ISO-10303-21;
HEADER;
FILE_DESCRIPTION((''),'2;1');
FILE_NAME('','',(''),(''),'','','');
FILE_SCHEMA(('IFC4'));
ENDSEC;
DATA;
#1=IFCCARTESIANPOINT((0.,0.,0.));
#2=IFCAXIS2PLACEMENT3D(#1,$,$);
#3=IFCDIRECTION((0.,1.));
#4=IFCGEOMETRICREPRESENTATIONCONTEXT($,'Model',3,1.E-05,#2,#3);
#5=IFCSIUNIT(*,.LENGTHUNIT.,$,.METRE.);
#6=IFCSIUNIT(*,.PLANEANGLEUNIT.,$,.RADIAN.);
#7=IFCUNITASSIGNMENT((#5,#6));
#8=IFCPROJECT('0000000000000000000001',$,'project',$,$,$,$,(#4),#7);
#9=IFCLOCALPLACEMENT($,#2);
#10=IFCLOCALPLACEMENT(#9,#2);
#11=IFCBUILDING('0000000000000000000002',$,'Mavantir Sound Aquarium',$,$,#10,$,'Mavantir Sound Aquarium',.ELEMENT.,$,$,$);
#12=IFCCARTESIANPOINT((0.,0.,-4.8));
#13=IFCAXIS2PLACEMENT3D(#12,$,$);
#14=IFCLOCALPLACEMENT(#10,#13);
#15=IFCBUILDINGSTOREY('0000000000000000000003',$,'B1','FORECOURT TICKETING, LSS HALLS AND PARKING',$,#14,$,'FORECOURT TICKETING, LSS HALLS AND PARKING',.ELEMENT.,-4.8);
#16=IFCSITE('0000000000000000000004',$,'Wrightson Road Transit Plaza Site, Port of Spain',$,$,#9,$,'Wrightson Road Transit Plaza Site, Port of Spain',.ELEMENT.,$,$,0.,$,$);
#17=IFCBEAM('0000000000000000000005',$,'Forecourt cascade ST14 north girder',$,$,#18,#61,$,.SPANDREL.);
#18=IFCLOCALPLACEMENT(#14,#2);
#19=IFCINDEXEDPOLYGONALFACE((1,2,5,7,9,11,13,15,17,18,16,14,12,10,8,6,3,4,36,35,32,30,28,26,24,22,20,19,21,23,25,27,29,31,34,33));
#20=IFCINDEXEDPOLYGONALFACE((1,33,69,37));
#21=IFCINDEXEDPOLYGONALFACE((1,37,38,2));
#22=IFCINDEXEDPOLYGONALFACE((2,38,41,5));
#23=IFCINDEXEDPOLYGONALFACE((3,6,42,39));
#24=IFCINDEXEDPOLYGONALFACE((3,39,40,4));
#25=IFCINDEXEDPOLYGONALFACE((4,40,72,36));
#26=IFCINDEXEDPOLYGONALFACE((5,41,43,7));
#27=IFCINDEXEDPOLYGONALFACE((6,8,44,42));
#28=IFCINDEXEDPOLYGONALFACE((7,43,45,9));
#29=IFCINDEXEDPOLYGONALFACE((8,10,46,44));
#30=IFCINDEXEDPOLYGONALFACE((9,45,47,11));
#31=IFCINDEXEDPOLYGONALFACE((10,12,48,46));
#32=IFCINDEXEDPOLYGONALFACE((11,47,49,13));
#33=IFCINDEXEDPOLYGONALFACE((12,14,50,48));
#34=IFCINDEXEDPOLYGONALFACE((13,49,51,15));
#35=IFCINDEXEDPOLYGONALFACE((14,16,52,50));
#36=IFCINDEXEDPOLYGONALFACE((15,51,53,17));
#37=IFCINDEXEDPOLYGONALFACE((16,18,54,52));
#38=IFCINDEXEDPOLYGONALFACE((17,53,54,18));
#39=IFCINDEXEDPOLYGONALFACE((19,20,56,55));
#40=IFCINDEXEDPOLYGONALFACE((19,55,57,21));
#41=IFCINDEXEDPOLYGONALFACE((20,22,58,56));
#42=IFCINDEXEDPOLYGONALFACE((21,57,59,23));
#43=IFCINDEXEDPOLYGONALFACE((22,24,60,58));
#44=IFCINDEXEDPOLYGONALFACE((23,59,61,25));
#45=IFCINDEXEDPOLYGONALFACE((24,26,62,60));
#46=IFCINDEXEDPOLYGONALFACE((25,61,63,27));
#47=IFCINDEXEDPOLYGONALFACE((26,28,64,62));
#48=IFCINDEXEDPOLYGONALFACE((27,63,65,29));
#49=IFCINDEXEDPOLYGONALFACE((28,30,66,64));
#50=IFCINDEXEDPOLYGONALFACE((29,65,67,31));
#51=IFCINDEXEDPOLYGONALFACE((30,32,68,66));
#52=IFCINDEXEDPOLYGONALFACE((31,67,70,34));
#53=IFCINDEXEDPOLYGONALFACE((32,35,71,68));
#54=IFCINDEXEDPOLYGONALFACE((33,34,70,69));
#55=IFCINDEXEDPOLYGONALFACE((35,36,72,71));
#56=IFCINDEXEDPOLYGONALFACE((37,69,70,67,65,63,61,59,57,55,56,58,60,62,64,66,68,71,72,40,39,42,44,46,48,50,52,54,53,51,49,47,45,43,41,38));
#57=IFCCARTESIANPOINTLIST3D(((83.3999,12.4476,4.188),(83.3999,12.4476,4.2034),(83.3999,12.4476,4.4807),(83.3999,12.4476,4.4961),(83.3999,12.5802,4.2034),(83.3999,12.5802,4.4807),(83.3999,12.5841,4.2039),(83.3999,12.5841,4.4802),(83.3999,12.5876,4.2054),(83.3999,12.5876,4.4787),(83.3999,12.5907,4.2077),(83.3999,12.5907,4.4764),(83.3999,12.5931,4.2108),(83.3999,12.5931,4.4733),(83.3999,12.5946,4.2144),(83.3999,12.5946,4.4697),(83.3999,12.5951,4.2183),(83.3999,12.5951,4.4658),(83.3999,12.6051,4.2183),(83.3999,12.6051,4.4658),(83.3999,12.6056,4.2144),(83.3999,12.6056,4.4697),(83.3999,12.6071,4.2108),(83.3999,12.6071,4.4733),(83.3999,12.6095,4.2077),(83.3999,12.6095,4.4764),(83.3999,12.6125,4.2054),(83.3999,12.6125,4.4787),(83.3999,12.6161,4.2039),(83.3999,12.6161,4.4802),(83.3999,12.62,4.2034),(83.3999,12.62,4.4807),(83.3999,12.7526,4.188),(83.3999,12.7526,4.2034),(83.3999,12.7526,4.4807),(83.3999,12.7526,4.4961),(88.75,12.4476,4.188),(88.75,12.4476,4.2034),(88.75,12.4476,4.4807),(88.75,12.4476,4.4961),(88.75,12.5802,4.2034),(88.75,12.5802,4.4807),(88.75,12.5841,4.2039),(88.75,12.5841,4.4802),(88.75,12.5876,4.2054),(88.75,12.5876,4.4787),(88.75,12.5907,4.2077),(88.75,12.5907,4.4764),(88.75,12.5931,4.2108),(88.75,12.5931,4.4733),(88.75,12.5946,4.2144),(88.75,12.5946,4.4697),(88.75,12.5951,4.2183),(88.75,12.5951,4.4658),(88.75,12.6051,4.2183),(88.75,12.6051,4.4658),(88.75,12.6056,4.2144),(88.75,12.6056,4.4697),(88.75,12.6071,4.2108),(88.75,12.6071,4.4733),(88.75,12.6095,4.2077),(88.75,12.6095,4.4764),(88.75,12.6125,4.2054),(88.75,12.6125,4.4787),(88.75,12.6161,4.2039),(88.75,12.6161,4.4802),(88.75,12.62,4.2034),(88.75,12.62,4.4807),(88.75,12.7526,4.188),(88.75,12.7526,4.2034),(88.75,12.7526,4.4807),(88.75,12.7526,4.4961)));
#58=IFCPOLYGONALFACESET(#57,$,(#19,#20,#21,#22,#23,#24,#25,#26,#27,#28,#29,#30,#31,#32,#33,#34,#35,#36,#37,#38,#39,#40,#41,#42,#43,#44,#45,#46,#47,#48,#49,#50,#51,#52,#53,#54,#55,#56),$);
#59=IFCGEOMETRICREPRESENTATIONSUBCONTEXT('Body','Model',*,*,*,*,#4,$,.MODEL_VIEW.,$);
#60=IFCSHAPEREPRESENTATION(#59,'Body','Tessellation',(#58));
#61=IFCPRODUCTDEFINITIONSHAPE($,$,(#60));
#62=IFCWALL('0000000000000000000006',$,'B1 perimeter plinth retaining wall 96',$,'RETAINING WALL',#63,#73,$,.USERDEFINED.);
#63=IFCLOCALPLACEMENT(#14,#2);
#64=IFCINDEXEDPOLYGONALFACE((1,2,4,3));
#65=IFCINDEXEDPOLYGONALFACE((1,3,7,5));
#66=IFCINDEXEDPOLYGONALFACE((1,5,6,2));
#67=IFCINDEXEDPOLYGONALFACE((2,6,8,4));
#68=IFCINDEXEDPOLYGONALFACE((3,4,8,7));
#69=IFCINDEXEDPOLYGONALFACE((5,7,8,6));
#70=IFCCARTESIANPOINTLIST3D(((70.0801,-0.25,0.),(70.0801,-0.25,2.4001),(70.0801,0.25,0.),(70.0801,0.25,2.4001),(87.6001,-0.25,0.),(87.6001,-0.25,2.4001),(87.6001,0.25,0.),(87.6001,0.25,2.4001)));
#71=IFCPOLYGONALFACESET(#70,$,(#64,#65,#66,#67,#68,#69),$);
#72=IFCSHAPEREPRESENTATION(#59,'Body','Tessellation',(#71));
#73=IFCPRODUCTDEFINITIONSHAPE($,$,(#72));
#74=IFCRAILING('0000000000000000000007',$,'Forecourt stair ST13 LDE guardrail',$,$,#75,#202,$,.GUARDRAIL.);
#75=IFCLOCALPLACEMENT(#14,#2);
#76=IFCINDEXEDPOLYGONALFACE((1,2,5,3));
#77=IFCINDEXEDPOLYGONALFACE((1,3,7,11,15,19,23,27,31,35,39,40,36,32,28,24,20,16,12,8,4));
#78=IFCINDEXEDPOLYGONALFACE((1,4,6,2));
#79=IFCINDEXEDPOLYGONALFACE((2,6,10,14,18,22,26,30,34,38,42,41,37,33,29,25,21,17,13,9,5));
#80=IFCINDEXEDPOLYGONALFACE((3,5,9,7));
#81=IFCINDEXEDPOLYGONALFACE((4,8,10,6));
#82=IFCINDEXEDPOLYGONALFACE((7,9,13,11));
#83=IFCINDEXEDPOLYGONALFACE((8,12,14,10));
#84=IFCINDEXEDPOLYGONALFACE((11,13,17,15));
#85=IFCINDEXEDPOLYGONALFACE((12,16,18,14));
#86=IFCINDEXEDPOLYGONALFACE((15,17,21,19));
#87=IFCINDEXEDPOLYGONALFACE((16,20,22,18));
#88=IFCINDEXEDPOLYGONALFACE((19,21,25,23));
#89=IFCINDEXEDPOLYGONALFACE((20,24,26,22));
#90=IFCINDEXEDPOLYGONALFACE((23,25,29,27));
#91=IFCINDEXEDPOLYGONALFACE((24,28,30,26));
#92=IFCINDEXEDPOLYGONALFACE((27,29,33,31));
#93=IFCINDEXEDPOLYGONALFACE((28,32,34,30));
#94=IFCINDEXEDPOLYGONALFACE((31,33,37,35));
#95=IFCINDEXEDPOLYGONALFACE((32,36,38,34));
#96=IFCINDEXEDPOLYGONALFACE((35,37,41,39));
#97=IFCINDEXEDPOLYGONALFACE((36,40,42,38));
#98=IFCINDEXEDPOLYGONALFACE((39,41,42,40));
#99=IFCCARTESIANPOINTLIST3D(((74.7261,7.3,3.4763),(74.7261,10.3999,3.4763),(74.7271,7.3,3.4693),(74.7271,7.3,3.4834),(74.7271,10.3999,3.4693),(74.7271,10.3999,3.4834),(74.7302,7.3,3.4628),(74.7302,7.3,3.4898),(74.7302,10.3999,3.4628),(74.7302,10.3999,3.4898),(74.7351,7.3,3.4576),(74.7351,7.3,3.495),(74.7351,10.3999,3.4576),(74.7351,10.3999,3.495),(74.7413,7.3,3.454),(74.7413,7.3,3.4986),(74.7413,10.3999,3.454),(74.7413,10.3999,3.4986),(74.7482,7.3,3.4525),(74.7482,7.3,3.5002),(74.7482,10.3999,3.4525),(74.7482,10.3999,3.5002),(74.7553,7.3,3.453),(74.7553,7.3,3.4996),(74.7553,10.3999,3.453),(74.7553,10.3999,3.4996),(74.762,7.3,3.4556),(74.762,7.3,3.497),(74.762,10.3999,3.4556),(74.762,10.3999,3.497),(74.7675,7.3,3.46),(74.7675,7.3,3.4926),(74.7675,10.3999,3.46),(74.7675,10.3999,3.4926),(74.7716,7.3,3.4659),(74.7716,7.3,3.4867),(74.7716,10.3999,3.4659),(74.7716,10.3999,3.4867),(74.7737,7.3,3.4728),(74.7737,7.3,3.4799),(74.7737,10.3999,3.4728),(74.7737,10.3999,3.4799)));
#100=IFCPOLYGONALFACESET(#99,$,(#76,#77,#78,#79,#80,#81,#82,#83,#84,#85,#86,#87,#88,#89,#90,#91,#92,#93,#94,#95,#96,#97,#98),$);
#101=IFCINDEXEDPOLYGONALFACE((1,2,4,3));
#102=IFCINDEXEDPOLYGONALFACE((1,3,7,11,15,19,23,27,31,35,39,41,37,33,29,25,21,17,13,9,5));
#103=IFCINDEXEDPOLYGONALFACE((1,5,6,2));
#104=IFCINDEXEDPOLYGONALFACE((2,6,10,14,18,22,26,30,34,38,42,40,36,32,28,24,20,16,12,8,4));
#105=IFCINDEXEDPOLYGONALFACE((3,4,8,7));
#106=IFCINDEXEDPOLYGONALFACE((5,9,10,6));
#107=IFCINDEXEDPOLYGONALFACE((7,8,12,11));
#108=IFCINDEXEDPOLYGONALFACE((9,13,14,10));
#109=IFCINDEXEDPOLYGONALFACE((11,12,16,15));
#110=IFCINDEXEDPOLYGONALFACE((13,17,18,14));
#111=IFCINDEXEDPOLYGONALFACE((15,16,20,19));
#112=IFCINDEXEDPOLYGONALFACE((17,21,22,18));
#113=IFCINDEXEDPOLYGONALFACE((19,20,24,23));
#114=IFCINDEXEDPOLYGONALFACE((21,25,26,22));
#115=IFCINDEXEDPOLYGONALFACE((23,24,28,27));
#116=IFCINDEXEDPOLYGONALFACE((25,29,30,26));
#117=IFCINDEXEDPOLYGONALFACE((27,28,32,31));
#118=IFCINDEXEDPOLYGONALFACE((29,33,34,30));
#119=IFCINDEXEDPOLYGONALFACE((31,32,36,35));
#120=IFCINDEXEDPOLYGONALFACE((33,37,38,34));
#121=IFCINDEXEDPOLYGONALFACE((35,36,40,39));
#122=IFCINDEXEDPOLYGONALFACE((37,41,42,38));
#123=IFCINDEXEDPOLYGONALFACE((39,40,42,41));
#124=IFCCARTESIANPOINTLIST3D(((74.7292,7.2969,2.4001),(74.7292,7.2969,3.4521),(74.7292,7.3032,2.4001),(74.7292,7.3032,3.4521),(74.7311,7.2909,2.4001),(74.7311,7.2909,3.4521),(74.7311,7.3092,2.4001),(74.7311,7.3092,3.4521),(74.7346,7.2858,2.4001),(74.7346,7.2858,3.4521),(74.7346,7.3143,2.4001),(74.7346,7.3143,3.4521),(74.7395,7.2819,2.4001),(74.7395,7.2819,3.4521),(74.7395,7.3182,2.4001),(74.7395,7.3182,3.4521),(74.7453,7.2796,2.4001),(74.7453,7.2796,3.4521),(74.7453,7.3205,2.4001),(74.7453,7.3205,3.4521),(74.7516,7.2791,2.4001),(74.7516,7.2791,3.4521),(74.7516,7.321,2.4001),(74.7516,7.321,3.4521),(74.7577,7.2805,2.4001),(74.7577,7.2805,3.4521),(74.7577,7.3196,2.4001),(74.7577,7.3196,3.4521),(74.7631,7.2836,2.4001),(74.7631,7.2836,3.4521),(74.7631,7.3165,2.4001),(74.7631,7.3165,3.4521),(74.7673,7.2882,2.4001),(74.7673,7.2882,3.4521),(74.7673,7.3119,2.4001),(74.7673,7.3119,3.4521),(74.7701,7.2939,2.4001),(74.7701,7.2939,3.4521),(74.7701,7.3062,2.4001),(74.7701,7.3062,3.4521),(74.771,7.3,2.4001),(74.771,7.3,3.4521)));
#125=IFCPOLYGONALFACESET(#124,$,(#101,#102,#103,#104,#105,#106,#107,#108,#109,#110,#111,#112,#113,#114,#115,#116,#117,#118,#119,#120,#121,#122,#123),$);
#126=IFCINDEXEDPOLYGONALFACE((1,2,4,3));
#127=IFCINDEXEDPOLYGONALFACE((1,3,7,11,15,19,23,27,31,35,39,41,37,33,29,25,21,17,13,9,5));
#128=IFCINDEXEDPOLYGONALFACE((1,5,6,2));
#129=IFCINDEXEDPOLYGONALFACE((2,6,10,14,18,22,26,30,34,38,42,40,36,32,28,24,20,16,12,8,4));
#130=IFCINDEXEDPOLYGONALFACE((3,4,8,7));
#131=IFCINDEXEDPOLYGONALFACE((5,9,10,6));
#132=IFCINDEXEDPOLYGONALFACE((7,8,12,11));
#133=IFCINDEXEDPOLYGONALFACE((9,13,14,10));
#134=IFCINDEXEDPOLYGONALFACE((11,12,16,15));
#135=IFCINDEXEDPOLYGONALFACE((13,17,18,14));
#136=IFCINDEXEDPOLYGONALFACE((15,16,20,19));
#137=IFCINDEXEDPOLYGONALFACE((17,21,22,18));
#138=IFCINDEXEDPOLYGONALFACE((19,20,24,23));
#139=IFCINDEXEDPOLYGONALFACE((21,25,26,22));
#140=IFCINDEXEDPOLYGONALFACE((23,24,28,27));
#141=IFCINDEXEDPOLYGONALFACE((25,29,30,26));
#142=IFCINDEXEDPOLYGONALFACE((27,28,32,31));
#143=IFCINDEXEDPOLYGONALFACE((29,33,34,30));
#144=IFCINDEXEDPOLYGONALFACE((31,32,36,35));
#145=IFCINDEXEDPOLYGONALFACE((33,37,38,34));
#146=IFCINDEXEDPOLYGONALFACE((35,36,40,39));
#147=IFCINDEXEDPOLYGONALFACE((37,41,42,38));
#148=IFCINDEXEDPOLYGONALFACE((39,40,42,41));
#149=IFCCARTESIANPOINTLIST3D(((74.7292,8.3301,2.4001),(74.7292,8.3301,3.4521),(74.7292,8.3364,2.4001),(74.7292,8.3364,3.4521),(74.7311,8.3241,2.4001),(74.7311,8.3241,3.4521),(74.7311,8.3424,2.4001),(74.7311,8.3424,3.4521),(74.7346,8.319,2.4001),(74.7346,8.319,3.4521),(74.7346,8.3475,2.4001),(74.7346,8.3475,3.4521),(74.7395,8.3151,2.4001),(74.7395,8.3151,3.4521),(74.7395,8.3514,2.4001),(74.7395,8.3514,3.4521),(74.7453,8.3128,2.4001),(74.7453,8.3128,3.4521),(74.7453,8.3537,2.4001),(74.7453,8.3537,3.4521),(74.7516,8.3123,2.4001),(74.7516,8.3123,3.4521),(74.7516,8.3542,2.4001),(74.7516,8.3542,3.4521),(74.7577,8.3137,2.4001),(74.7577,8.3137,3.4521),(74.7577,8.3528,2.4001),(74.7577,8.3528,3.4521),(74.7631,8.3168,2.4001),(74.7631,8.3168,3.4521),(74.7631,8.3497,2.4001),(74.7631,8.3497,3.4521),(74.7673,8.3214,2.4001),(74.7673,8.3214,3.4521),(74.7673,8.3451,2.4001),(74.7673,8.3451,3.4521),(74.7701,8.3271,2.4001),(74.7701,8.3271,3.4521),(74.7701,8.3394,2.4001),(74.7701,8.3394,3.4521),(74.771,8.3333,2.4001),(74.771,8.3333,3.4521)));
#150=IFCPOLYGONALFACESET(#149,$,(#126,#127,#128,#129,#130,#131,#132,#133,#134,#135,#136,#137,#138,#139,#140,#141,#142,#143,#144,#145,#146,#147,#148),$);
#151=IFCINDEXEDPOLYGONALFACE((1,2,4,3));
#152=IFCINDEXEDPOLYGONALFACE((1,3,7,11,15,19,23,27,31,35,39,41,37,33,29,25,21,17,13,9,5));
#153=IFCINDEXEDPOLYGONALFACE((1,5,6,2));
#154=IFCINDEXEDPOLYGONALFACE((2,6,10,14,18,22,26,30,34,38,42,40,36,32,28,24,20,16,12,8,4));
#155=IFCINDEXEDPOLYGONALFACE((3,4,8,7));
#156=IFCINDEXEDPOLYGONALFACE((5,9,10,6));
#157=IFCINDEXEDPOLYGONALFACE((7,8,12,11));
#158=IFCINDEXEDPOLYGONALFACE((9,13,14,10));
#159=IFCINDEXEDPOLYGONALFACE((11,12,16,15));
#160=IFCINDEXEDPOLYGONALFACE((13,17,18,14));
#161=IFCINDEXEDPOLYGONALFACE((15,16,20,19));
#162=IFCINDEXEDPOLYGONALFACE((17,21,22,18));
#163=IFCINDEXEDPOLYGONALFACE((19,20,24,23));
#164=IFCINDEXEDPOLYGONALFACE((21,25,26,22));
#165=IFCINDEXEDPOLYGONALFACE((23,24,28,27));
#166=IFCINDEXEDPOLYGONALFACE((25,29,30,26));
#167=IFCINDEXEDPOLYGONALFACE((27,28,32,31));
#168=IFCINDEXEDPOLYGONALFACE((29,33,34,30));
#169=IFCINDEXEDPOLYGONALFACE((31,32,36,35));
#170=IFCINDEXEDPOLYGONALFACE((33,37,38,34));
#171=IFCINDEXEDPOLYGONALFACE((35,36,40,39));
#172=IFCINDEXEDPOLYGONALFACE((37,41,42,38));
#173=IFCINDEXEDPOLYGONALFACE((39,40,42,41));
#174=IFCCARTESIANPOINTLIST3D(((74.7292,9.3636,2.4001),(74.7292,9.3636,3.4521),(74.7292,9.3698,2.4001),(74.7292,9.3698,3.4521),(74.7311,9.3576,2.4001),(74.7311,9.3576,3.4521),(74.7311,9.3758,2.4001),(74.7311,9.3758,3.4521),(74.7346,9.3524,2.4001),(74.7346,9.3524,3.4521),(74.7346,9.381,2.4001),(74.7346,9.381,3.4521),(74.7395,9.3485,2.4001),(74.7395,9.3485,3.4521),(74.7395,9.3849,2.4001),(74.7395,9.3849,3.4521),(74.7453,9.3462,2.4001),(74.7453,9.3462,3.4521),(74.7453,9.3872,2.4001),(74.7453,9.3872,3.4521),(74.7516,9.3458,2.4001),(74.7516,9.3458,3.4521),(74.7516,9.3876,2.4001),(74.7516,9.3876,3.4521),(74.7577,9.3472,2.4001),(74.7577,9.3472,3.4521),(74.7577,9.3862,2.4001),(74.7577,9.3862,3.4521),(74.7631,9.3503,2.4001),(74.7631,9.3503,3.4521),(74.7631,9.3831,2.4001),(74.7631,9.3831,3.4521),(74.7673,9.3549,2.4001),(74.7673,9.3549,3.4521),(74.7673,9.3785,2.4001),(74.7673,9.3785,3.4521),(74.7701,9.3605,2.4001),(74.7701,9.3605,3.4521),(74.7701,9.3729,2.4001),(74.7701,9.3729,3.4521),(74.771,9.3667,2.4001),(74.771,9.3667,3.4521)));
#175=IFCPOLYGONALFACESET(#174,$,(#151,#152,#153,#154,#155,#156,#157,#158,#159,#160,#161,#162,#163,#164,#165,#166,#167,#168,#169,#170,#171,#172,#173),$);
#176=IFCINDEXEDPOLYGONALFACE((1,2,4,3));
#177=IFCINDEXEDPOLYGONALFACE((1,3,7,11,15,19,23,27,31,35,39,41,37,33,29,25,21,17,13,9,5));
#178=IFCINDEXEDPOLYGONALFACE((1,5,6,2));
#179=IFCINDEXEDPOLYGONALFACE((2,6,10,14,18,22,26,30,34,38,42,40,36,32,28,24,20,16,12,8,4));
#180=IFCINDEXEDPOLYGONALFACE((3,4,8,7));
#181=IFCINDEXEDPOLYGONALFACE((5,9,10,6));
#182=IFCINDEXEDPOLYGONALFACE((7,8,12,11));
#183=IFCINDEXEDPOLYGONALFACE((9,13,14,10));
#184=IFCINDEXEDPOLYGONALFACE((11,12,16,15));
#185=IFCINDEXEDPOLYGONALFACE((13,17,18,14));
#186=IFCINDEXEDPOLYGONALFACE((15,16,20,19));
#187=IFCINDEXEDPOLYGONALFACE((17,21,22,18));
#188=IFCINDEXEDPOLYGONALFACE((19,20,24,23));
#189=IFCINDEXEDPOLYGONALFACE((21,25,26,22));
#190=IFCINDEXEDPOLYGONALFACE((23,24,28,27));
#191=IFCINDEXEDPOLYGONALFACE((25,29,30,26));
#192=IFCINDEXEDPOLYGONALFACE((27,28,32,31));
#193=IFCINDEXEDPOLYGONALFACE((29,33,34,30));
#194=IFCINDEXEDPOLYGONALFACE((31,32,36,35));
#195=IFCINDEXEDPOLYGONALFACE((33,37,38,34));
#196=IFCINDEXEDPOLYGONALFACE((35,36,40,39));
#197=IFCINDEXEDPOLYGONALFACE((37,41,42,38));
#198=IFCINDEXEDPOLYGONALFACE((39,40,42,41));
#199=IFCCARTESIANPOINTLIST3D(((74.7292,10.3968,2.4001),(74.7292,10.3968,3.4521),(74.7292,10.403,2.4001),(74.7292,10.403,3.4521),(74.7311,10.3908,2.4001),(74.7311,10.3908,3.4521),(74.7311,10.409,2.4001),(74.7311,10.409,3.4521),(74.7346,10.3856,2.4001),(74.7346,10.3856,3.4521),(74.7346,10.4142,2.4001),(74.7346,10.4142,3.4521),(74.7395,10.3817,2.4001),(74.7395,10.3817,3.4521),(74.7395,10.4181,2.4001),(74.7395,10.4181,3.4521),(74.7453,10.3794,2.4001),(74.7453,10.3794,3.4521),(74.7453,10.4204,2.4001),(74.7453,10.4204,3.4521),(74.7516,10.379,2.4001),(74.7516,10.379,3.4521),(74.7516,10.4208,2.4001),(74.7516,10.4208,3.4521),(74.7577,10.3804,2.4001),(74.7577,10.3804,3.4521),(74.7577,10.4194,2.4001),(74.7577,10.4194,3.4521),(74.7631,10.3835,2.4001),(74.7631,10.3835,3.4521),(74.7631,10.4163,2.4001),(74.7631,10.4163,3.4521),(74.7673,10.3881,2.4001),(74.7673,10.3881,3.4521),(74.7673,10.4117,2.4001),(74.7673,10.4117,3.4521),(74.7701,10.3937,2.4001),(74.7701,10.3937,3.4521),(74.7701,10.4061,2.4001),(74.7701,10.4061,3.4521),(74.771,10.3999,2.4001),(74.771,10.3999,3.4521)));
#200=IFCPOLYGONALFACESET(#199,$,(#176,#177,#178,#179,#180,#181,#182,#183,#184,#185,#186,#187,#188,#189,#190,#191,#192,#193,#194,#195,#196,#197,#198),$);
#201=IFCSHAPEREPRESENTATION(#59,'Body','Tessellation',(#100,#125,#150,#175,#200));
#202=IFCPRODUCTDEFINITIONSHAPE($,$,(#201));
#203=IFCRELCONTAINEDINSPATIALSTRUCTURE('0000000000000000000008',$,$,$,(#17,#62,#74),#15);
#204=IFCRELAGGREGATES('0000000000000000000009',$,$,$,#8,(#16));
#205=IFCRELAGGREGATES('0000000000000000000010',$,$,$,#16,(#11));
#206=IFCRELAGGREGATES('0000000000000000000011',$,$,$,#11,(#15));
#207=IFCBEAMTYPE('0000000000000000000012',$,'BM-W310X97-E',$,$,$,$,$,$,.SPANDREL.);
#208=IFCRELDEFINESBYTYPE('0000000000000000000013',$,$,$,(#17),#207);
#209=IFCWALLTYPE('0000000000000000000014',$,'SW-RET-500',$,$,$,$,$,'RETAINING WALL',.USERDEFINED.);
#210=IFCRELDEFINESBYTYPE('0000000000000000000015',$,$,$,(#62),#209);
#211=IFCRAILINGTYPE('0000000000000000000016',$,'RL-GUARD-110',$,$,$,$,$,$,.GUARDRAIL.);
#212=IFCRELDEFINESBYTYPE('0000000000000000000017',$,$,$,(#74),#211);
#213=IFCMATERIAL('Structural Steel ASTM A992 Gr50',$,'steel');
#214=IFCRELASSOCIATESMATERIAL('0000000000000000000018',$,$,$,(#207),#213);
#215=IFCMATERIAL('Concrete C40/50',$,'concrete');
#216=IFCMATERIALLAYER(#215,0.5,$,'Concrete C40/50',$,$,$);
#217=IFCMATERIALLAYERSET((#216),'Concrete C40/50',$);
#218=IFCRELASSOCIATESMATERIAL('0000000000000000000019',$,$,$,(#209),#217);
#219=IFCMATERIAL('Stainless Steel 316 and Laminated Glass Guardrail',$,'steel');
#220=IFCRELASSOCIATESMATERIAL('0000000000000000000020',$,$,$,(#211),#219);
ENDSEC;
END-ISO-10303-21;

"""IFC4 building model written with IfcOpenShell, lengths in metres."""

from ifc_helpers import new_model, si_unit, direction, frame, frame_2d, origin, origin_2d, place, context, subcontext, project, spatial, rectangle, circle, i_section, extrude, material, layer, layer_set, material_profile, profile_set, type_object, element, save


model = new_model("IFC4")

# Units and contexts
model_context = context("Model", 3, precision=1e-05, world=origin(), true_north=direction((0.0, 1.0)))
body_context = subcontext(model_context, "Body", "Model", "MODEL_VIEW")
ifc_project = project(units=[si_unit("LENGTHUNIT", "METRE"), si_unit("PLANEANGLEUNIT", "RADIAN")], contexts=[model_context])

# Site, building, storey
site_placement = place(None, origin())
site = spatial("IfcSite", under=ifc_project, at=site_placement, Name="Wrightson Road Transit Plaza Site, Port of Spain", LongName="Wrightson Road Transit Plaza Site, Port of Spain", CompositionType="ELEMENT", RefElevation=0.0)
building_placement = place(site_placement, origin())
building = spatial("IfcBuilding", under=site, at=building_placement, Name="Mavantir Sound Aquarium", LongName="Mavantir Sound Aquarium", CompositionType="ELEMENT")
storey_placement = place(building_placement, frame((0.0, 0.0, -4.8)))
storey = spatial("IfcBuildingStorey", under=building, at=storey_placement, Name="B1", Description="FORECOURT TICKETING, LSS HALLS AND PARKING", LongName="FORECOURT TICKETING, LSS HALLS AND PARKING", CompositionType="ELEMENT", Elevation=-4.8)

# Shared definitions
ifc_material_1 = material(Name="Concrete C40/50", Category="concrete")

# Beam
ifc_material_2 = material(Name="Structural Steel ASTM A992 Gr50", Category="steel")
ifc_material_profile_1 = material_profile(ifc_material_2, i_section(OverallWidth=0.3049, OverallDepth=0.3081, WebThickness=0.01, FlangeThickness=0.0154, FilletRadius=0.0149, at=origin_2d()), Name="W310X97")
ifc_profile_set_1 = profile_set([ifc_material_profile_1], Name="Structural Steel ASTM A992 Gr50")
beam_type_1 = type_object("IfcBeamType", Name="BM-W310X97-E", PredefinedType="SPANDREL", material=ifc_profile_set_1)
beam_placement = place(storey_placement, frame((83.3999, 12.6001, 4.342), z_axis=(1.0, 0.0, 0.0), x_axis=(0.0, 1.0, 0.0)))
element("IfcBeam", 1, at=beam_placement, inside=storey, type_object=beam_type_1, Name="Forecourt cascade ST14 north girder", PredefinedType="SPANDREL", context=body_context, shape_type="SweptSolid", body=[
    extrude(i_section(OverallWidth=0.3049, OverallDepth=0.3081, WebThickness=0.01, FlangeThickness=0.0154, FilletRadius=0.0149, at=origin_2d()), origin(), (0.0, 0.0, 1.0), 5.3501),
])

# Wall
ifc_layer = layer(ifc_material_1, 0.5, Name="Concrete C40/50")
ifc_layer_set = layer_set([ifc_layer], Name="Concrete C40/50")
wall_type = type_object("IfcWallType", Name="SW-RET-500", ElementType="RETAINING WALL", PredefinedType="USERDEFINED", material=ifc_layer_set)
wall_placement = place(storey_placement, frame((87.6001, 0.0, 0.0), z_axis=(0.0, 0.0, 1.0), x_axis=(-1.0, 0.0, 0.0)))
element("IfcWall", 2, at=wall_placement, inside=storey, type_object=wall_type, Name="B1 perimeter plinth retaining wall 96", ObjectType="RETAINING WALL", PredefinedType="USERDEFINED", context=body_context, shape_type="SweptSolid", body=[
    extrude(rectangle(XDim=17.52, YDim=0.5, at=frame_2d((8.76, 0.0))), origin(), (0.0, 0.0, 1.0), 2.4001),
])

# Railing
ifc_material_3 = material(Name="Stainless Steel 316 and Laminated Glass Guardrail", Category="steel")
railing_type = type_object("IfcRailingType", Name="RL-GUARD-110", PredefinedType="GUARDRAIL", material=ifc_material_3)
railing_placement = place(storey_placement, frame((74.75, 7.3, 2.4001)))
element("IfcRailing", 3, at=railing_placement, inside=storey, type_object=railing_type, Name="Forecourt stair ST13 LDE guardrail", PredefinedType="GUARDRAIL", context=body_context, shape_type="SweptSolid", body=[
    extrude(circle(Radius=0.0239, at=origin_2d()), frame((0.0, 0.0, 1.0762), z_axis=(0.0, 1.0, 0.0), x_axis=(-1.0, 0.0, 0.0)), (0.0, 0.0, 1.0), 3.0999),
    extrude(circle(Radius=0.021, at=origin_2d()), origin(), (0.0, 0.0, 1.0), 1.052),
    extrude(circle(Radius=0.021, at=origin_2d()), frame((0.0, 1.0332, 0.0)), (0.0, 0.0, 1.0), 1.052),
    extrude(circle(Radius=0.021, at=origin_2d()), frame((0.0, 2.0667, 0.0)), (0.0, 0.0, 1.0), 1.052),
    extrude(circle(Radius=0.021, at=origin_2d()), frame((0.0, 3.0999, 0.0)), (0.0, 0.0, 1.0), 1.052),
])

save(model, "model.ifc")
